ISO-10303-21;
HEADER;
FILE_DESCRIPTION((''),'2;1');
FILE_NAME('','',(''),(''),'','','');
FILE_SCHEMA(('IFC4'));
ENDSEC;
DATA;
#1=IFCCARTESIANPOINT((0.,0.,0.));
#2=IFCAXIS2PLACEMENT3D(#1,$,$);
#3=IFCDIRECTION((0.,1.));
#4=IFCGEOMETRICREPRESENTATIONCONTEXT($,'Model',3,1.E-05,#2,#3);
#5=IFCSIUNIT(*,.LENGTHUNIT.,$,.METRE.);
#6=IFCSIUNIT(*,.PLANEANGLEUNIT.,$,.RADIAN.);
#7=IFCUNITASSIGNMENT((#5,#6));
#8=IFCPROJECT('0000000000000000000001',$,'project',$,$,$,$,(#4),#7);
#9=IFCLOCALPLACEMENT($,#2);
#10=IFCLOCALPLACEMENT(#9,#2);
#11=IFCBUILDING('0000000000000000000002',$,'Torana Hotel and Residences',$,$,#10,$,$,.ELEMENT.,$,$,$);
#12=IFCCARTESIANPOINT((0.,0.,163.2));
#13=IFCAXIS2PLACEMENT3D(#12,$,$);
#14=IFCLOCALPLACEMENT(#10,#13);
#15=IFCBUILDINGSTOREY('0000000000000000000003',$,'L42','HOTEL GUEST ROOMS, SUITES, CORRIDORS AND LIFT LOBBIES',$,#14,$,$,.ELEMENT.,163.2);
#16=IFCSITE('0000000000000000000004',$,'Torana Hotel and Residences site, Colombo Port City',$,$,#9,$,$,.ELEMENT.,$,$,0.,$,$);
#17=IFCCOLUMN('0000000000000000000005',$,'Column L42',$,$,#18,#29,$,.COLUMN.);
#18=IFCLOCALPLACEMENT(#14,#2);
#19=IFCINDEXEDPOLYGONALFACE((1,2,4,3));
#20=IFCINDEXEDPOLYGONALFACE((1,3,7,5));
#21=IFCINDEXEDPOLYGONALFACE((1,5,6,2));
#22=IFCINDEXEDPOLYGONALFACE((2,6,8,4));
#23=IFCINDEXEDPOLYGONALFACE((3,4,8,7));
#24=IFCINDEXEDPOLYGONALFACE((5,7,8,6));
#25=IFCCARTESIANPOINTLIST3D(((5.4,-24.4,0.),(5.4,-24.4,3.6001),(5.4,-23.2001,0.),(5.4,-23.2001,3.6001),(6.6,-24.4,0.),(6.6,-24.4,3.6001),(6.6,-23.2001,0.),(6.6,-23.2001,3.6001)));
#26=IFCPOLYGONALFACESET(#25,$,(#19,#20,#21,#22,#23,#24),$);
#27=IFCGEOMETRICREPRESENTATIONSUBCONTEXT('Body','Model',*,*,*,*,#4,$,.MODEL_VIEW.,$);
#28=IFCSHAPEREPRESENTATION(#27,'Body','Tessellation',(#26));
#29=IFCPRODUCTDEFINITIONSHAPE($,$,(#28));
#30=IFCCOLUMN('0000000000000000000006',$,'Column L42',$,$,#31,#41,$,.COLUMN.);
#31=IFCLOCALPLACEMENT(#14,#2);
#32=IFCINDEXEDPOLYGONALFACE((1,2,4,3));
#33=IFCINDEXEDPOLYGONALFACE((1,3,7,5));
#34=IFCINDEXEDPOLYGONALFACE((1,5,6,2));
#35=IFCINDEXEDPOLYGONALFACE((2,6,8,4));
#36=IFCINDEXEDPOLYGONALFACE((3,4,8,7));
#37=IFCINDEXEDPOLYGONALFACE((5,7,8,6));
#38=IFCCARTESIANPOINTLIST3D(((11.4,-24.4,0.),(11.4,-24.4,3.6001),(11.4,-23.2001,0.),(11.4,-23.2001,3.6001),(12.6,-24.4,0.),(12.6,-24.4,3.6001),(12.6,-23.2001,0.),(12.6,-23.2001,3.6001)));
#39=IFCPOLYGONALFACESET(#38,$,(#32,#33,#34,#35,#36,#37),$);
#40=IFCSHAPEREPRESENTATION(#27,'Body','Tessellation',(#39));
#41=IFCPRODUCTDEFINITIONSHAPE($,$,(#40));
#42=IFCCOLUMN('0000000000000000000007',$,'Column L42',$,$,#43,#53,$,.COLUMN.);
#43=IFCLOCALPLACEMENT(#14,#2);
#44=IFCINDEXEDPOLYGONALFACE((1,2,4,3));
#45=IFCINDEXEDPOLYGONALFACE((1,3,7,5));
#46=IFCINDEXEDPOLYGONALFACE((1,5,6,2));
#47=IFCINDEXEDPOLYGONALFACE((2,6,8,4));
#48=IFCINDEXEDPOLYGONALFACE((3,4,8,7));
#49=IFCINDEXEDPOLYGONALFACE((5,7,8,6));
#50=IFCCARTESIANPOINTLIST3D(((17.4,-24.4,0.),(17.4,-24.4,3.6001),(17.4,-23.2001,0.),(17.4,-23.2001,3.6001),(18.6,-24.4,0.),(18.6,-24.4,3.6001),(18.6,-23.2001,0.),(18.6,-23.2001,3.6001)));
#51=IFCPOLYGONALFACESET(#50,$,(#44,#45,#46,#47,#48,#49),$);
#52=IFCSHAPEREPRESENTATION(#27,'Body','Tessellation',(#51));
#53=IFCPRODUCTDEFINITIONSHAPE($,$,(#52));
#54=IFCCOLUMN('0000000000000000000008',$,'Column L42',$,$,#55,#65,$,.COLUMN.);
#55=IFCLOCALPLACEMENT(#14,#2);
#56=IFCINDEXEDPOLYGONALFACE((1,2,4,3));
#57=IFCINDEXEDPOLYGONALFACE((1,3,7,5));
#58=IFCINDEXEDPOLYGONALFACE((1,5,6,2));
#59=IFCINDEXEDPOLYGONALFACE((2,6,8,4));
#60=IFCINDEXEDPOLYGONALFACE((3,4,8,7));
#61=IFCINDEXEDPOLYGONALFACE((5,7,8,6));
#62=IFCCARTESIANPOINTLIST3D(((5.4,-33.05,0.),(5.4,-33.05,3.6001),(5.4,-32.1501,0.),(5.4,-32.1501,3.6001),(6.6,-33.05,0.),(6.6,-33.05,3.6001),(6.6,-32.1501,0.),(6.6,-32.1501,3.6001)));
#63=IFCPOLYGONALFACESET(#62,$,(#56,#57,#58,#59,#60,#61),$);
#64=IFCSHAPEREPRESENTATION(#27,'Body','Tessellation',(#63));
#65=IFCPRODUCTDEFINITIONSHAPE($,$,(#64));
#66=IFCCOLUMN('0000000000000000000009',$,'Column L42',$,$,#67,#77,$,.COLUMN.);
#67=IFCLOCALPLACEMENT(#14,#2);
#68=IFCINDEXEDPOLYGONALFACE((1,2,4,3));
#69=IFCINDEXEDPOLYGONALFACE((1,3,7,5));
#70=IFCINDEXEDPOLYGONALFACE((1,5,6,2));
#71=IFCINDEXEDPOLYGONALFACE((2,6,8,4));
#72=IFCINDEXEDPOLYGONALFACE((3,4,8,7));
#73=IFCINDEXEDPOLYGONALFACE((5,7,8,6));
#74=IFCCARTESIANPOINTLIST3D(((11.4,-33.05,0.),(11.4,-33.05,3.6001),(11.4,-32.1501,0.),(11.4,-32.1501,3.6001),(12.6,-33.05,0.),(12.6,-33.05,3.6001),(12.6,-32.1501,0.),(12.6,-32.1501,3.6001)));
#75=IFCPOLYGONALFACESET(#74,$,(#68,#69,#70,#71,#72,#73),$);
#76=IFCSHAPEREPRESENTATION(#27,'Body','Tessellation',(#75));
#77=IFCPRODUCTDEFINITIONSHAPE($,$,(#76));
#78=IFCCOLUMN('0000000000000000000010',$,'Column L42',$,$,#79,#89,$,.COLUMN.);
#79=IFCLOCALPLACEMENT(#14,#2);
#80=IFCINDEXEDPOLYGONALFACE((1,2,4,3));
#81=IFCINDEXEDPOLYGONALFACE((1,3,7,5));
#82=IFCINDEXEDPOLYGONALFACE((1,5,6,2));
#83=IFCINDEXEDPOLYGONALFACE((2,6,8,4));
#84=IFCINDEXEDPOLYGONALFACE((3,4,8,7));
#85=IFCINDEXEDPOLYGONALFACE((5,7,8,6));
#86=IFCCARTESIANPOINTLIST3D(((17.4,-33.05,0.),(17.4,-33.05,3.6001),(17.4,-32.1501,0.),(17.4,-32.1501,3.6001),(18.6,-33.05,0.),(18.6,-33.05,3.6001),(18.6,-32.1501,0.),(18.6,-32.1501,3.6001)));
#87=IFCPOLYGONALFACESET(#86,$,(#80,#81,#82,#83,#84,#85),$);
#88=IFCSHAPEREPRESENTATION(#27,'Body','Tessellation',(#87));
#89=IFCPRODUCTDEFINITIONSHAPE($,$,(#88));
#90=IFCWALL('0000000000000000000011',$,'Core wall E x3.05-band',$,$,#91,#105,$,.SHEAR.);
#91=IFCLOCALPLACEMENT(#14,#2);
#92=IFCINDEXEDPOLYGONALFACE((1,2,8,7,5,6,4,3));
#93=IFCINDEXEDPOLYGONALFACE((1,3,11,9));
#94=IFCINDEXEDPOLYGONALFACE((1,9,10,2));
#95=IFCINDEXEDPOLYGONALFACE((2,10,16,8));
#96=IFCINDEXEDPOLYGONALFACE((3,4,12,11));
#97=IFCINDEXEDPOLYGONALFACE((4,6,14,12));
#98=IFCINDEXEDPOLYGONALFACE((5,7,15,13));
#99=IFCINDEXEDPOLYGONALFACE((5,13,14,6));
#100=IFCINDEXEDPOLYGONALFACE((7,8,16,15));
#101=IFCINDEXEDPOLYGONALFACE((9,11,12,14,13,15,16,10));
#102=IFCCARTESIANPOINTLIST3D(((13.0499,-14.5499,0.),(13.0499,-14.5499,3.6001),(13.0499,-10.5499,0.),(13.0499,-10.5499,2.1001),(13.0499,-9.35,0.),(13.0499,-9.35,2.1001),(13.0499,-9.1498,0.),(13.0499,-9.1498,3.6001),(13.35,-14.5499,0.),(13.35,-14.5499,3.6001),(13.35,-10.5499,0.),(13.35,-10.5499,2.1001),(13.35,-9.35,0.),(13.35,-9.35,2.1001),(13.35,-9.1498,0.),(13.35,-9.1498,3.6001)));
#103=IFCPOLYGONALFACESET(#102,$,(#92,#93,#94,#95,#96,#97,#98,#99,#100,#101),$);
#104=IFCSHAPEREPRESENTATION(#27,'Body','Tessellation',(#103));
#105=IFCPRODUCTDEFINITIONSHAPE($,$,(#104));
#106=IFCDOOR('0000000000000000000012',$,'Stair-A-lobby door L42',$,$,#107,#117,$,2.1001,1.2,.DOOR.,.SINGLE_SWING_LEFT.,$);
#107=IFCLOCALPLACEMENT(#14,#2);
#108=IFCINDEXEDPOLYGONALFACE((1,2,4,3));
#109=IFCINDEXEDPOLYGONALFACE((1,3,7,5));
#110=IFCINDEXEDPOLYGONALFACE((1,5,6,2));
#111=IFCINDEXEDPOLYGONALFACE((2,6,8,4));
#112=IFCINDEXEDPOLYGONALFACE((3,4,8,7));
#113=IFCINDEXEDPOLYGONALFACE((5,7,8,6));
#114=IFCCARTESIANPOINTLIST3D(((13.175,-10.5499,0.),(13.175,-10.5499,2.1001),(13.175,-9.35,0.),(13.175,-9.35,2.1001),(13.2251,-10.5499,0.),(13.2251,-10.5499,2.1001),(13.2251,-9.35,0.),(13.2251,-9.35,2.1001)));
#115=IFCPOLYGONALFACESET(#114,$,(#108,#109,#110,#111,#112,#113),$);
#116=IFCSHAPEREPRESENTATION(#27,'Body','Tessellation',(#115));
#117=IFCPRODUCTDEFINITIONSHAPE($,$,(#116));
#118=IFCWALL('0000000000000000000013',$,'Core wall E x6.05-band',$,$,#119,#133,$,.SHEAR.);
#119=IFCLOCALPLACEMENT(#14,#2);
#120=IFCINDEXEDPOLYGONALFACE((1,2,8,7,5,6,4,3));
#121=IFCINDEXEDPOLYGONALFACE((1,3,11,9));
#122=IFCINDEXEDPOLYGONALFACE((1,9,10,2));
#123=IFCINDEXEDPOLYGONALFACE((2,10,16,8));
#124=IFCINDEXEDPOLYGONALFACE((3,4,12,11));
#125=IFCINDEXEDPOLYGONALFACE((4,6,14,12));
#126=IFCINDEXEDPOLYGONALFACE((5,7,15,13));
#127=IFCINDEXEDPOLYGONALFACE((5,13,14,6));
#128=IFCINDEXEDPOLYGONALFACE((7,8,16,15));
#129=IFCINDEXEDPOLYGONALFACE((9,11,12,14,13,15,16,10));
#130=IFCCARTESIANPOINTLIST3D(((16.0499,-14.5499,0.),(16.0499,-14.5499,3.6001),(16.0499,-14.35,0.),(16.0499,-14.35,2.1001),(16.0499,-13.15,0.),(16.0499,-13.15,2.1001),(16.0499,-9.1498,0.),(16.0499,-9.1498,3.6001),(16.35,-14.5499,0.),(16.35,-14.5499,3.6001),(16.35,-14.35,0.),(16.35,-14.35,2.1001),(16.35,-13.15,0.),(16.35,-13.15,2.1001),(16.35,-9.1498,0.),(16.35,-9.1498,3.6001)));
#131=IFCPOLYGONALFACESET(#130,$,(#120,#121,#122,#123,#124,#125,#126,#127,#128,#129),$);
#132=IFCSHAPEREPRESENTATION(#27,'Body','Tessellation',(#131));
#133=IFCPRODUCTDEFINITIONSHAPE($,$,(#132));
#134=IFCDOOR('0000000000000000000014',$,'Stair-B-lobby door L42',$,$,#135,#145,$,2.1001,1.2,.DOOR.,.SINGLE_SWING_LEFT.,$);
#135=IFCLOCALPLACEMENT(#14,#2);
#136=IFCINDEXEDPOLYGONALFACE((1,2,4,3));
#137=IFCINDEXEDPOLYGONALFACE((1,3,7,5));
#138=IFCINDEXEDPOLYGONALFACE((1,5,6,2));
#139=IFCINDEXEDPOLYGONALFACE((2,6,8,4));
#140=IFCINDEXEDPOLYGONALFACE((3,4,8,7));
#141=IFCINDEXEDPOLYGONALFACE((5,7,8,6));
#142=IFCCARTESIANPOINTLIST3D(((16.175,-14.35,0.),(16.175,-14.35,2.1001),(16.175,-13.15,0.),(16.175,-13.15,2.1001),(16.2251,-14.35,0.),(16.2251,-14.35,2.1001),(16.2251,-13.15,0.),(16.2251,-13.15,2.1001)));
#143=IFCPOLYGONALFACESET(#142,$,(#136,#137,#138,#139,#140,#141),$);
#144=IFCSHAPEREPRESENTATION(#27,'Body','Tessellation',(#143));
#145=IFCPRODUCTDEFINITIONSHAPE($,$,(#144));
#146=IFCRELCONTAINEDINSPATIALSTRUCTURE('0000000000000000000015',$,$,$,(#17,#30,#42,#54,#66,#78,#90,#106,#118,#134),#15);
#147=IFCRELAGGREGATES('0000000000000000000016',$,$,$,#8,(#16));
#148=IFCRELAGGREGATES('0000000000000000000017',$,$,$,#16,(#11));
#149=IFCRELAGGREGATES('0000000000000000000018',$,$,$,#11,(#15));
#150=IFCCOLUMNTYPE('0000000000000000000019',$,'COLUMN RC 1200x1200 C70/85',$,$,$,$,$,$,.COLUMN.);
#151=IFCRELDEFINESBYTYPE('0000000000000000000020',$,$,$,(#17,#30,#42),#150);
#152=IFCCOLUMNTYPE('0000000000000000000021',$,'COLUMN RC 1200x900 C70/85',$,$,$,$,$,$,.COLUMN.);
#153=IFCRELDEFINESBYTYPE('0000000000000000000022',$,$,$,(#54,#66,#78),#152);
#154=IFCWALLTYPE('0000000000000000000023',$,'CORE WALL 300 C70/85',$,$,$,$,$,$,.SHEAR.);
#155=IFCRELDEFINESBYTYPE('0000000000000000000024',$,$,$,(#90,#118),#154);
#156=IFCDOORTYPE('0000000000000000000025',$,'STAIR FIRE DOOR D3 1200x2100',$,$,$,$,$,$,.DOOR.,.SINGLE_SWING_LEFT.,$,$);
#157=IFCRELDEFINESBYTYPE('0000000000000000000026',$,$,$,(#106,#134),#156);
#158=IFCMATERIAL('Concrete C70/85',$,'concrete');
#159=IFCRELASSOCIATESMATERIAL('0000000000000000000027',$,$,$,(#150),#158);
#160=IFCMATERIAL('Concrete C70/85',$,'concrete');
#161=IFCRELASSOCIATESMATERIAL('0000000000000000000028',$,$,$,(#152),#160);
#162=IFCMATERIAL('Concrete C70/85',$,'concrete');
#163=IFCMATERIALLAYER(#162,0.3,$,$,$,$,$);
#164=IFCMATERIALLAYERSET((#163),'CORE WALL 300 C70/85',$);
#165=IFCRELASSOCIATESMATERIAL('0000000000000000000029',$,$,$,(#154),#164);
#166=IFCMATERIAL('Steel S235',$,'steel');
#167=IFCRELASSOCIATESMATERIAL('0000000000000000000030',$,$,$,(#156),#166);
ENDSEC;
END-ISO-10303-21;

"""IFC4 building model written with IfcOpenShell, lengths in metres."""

from ifc_helpers import new_model, si_unit, direction, frame, frame_2d, origin, origin_2d, place, context, subcontext, project, spatial, rectangle, extrude, material, layer, layer_set, material_profile, profile_set, type_object, element, fill, save


model = new_model("IFC4")

# Units and contexts
model_context = context("Model", 3, precision=1e-05, world=origin(), true_north=direction((0.0, 1.0)))
body_context = subcontext(model_context, "Body", "Model", "MODEL_VIEW")
ifc_project = project(units=[si_unit("LENGTHUNIT", "METRE"), si_unit("PLANEANGLEUNIT", "RADIAN")], contexts=[model_context])

# Site, building, storey
site_placement = place(None, origin())
site = spatial("IfcSite", under=ifc_project, at=site_placement, Name="Torana Hotel and Residences site, Colombo Port City", CompositionType="ELEMENT", RefElevation=0.0)
building_placement = place(site_placement, origin())
building = spatial("IfcBuilding", under=site, at=building_placement, Name="Torana Hotel and Residences", CompositionType="ELEMENT")
storey_placement = place(building_placement, frame((0.0, 0.0, 163.2)))
storey = spatial("IfcBuildingStorey", under=building, at=storey_placement, Name="L42", Description="HOTEL GUEST ROOMS, SUITES, CORRIDORS AND LIFT LOBBIES", CompositionType="ELEMENT", Elevation=163.2)

# Columns
ifc_material_1 = material(Name="Concrete C70/85", Category="concrete")
ifc_material_profile_1 = material_profile(ifc_material_1, rectangle(XDim=1.2, YDim=1.2, at=origin_2d()), Name="RC 1200x1200")
ifc_profile_set_1 = profile_set([ifc_material_profile_1], Name="Concrete C70/85")
column_type_1 = type_object("IfcColumnType", Name="COLUMN RC 1200x1200 C70/85", PredefinedType="COLUMN", material=ifc_profile_set_1)
for number, where, z_axis, x_axis, name in (
    (1, (6.0, -23.8, 0.0), (0.0, 0.0, 1.0), (1.0, 0.0, 0.0), "Column L42"),
    (2, (12.0, -23.8, 0.0), (0.0, 0.0, 1.0), (1.0, 0.0, 0.0), "Column L42"),
    (3, (18.0, -23.8, 0.0), (0.0, 0.0, 1.0), (1.0, 0.0, 0.0), "Column L42"),
):
    element("IfcColumn", number, at=place(storey_placement, frame(where, z_axis=z_axis, x_axis=x_axis)), inside=storey, type_object=column_type_1, Name=name, PredefinedType="COLUMN", context=body_context, shape_type="SweptSolid", body=[
        extrude(rectangle(XDim=1.2, YDim=1.2, at=origin_2d()), origin(), (0.0, 0.0, 1.0), 3.6001),
    ])
ifc_material_2 = material(Name="Concrete C70/85", Category="concrete")
ifc_material_profile_2 = material_profile(ifc_material_2, rectangle(XDim=1.2, YDim=0.8999, at=origin_2d()), Name="RC 1200x900")
ifc_profile_set_2 = profile_set([ifc_material_profile_2], Name="Concrete C70/85")
column_type_2 = type_object("IfcColumnType", Name="COLUMN RC 1200x900 C70/85", PredefinedType="COLUMN", material=ifc_profile_set_2)
for number, where, z_axis, x_axis, name in (
    (4, (6.0, -32.6001, 0.0), (0.0, 0.0, 1.0), (1.0, 0.0, 0.0), "Column L42"),
    (5, (12.0, -32.6001, 0.0), (0.0, 0.0, 1.0), (1.0, 0.0, 0.0), "Column L42"),
    (6, (18.0, -32.6001, 0.0), (0.0, 0.0, 1.0), (1.0, 0.0, 0.0), "Column L42"),
):
    element("IfcColumn", number, at=place(storey_placement, frame(where, z_axis=z_axis, x_axis=x_axis)), inside=storey, type_object=column_type_2, Name=name, PredefinedType="COLUMN", context=body_context, shape_type="SweptSolid", body=[
        extrude(rectangle(XDim=1.2, YDim=0.8999, at=origin_2d()), origin(), (0.0, 0.0, 1.0), 3.6001),
    ])

# Walls, openings, doors
ifc_material_3 = material(Name="Concrete C70/85", Category="concrete")
ifc_layer_1 = layer(ifc_material_3, 0.3)
ifc_layer_set_1 = layer_set([ifc_layer_1], Name="CORE WALL 300 C70/85")
wall_type_1 = type_object("IfcWallType", Name="CORE WALL 300 C70/85", PredefinedType="SHEAR", material=ifc_layer_set_1)
wall_1_placement = place(storey_placement, frame((13.2, -14.55, 0.0), z_axis=(0.0, 0.0, 1.0), x_axis=(0.0, 1.0, 0.0)))
wall_1 = element("IfcWall", 7, at=wall_1_placement, inside=storey, type_object=wall_type_1, Name="Core wall E x3.05-band", PredefinedType="SHEAR", context=body_context, shape_type="SweptSolid", body=[
    extrude(rectangle(XDim=5.4001, YDim=0.3, at=frame_2d((2.7002, 0.0))), origin(), (0.0, 0.0, 1.0), 3.6001),
])
opening_1_placement = place(wall_1_placement, frame((4.0, 0.0, 0.0)))
opening_1 = element("IfcOpeningElement", 8, at=opening_1_placement, cuts=wall_1, PredefinedType="OPENING", context=body_context, shape_type="SweptSolid", body=[
    extrude(rectangle(XDim=1.2, YDim=2.1001, at=frame_2d((0.6001, 1.05))), frame((0.0, 0.1599, 0.0), z_axis=(0.0, -1.0, 0.0), x_axis=(1.0, 0.0, 0.0)), (0.0, 0.0, 1.0), 0.3201),
])
ifc_material_4 = material(Name="Steel S235", Category="steel")
door_type_1 = type_object("IfcDoorType", Name="STAIR FIRE DOOR D3 1200x2100", OperationType="SINGLE_SWING_LEFT", PredefinedType="DOOR", material=ifc_material_4)
door_1_placement = place(opening_1_placement, origin())
door_1 = element("IfcDoor", 9, at=door_1_placement, inside=storey, type_object=door_type_1, Name="Stair-A-lobby door L42", OperationType="SINGLE_SWING_LEFT", OverallHeight=2.1001, OverallWidth=1.2, PredefinedType="DOOR", context=body_context, shape_type="SweptSolid", body=[
    extrude(rectangle(XDim=1.2, YDim=2.1001, at=frame_2d((0.6001, 1.05))), frame((0.0, 0.0249, 0.0), z_axis=(0.0, -1.0, 0.0), x_axis=(1.0, 0.0, 0.0)), (0.0, 0.0, 1.0), 0.05),
])
fill(opening_1, door_1)
wall_2_placement = place(storey_placement, frame((16.2, -14.55, 0.0), z_axis=(0.0, 0.0, 1.0), x_axis=(0.0, 1.0, 0.0)))
wall_2 = element("IfcWall", 10, at=wall_2_placement, inside=storey, type_object=wall_type_1, Name="Core wall E x6.05-band", PredefinedType="SHEAR", context=body_context, shape_type="SweptSolid", body=[
    extrude(rectangle(XDim=5.4001, YDim=0.3, at=frame_2d((2.7002, 0.0))), origin(), (0.0, 0.0, 1.0), 3.6001),
])
opening_2_placement = place(wall_2_placement, frame((0.2, 0.0, 0.0)))
opening_2 = element("IfcOpeningElement", 11, at=opening_2_placement, cuts=wall_2, PredefinedType="OPENING", context=body_context, shape_type="SweptSolid", body=[
    extrude(rectangle(XDim=1.2, YDim=2.1001, at=frame_2d((0.6001, 1.05))), frame((0.0, 0.1599, 0.0), z_axis=(0.0, -1.0, 0.0), x_axis=(1.0, 0.0, 0.0)), (0.0, 0.0, 1.0), 0.3201),
])
door_2_placement = place(opening_2_placement, frame((0.6001, 0.0, 0.0), z_axis=(0.0, 0.0, 1.0), x_axis=(-1.0, 0.0, 0.0)))
door_2 = element("IfcDoor", 12, at=door_2_placement, inside=storey, type_object=door_type_1, Name="Stair-B-lobby door L42", OperationType="SINGLE_SWING_LEFT", OverallHeight=2.1001, OverallWidth=1.2, PredefinedType="DOOR", context=body_context, shape_type="SweptSolid", body=[
    extrude(rectangle(XDim=1.2, YDim=2.1001, at=frame_2d((0.0, 1.05))), frame((0.0, -0.0249, 0.0), z_axis=(0.0, 1.0, 0.0), x_axis=(-1.0, 0.0, 0.0)), (0.0, 0.0, 1.0), 0.05),
])
fill(opening_2, door_2)

save(model, "model.ifc")
